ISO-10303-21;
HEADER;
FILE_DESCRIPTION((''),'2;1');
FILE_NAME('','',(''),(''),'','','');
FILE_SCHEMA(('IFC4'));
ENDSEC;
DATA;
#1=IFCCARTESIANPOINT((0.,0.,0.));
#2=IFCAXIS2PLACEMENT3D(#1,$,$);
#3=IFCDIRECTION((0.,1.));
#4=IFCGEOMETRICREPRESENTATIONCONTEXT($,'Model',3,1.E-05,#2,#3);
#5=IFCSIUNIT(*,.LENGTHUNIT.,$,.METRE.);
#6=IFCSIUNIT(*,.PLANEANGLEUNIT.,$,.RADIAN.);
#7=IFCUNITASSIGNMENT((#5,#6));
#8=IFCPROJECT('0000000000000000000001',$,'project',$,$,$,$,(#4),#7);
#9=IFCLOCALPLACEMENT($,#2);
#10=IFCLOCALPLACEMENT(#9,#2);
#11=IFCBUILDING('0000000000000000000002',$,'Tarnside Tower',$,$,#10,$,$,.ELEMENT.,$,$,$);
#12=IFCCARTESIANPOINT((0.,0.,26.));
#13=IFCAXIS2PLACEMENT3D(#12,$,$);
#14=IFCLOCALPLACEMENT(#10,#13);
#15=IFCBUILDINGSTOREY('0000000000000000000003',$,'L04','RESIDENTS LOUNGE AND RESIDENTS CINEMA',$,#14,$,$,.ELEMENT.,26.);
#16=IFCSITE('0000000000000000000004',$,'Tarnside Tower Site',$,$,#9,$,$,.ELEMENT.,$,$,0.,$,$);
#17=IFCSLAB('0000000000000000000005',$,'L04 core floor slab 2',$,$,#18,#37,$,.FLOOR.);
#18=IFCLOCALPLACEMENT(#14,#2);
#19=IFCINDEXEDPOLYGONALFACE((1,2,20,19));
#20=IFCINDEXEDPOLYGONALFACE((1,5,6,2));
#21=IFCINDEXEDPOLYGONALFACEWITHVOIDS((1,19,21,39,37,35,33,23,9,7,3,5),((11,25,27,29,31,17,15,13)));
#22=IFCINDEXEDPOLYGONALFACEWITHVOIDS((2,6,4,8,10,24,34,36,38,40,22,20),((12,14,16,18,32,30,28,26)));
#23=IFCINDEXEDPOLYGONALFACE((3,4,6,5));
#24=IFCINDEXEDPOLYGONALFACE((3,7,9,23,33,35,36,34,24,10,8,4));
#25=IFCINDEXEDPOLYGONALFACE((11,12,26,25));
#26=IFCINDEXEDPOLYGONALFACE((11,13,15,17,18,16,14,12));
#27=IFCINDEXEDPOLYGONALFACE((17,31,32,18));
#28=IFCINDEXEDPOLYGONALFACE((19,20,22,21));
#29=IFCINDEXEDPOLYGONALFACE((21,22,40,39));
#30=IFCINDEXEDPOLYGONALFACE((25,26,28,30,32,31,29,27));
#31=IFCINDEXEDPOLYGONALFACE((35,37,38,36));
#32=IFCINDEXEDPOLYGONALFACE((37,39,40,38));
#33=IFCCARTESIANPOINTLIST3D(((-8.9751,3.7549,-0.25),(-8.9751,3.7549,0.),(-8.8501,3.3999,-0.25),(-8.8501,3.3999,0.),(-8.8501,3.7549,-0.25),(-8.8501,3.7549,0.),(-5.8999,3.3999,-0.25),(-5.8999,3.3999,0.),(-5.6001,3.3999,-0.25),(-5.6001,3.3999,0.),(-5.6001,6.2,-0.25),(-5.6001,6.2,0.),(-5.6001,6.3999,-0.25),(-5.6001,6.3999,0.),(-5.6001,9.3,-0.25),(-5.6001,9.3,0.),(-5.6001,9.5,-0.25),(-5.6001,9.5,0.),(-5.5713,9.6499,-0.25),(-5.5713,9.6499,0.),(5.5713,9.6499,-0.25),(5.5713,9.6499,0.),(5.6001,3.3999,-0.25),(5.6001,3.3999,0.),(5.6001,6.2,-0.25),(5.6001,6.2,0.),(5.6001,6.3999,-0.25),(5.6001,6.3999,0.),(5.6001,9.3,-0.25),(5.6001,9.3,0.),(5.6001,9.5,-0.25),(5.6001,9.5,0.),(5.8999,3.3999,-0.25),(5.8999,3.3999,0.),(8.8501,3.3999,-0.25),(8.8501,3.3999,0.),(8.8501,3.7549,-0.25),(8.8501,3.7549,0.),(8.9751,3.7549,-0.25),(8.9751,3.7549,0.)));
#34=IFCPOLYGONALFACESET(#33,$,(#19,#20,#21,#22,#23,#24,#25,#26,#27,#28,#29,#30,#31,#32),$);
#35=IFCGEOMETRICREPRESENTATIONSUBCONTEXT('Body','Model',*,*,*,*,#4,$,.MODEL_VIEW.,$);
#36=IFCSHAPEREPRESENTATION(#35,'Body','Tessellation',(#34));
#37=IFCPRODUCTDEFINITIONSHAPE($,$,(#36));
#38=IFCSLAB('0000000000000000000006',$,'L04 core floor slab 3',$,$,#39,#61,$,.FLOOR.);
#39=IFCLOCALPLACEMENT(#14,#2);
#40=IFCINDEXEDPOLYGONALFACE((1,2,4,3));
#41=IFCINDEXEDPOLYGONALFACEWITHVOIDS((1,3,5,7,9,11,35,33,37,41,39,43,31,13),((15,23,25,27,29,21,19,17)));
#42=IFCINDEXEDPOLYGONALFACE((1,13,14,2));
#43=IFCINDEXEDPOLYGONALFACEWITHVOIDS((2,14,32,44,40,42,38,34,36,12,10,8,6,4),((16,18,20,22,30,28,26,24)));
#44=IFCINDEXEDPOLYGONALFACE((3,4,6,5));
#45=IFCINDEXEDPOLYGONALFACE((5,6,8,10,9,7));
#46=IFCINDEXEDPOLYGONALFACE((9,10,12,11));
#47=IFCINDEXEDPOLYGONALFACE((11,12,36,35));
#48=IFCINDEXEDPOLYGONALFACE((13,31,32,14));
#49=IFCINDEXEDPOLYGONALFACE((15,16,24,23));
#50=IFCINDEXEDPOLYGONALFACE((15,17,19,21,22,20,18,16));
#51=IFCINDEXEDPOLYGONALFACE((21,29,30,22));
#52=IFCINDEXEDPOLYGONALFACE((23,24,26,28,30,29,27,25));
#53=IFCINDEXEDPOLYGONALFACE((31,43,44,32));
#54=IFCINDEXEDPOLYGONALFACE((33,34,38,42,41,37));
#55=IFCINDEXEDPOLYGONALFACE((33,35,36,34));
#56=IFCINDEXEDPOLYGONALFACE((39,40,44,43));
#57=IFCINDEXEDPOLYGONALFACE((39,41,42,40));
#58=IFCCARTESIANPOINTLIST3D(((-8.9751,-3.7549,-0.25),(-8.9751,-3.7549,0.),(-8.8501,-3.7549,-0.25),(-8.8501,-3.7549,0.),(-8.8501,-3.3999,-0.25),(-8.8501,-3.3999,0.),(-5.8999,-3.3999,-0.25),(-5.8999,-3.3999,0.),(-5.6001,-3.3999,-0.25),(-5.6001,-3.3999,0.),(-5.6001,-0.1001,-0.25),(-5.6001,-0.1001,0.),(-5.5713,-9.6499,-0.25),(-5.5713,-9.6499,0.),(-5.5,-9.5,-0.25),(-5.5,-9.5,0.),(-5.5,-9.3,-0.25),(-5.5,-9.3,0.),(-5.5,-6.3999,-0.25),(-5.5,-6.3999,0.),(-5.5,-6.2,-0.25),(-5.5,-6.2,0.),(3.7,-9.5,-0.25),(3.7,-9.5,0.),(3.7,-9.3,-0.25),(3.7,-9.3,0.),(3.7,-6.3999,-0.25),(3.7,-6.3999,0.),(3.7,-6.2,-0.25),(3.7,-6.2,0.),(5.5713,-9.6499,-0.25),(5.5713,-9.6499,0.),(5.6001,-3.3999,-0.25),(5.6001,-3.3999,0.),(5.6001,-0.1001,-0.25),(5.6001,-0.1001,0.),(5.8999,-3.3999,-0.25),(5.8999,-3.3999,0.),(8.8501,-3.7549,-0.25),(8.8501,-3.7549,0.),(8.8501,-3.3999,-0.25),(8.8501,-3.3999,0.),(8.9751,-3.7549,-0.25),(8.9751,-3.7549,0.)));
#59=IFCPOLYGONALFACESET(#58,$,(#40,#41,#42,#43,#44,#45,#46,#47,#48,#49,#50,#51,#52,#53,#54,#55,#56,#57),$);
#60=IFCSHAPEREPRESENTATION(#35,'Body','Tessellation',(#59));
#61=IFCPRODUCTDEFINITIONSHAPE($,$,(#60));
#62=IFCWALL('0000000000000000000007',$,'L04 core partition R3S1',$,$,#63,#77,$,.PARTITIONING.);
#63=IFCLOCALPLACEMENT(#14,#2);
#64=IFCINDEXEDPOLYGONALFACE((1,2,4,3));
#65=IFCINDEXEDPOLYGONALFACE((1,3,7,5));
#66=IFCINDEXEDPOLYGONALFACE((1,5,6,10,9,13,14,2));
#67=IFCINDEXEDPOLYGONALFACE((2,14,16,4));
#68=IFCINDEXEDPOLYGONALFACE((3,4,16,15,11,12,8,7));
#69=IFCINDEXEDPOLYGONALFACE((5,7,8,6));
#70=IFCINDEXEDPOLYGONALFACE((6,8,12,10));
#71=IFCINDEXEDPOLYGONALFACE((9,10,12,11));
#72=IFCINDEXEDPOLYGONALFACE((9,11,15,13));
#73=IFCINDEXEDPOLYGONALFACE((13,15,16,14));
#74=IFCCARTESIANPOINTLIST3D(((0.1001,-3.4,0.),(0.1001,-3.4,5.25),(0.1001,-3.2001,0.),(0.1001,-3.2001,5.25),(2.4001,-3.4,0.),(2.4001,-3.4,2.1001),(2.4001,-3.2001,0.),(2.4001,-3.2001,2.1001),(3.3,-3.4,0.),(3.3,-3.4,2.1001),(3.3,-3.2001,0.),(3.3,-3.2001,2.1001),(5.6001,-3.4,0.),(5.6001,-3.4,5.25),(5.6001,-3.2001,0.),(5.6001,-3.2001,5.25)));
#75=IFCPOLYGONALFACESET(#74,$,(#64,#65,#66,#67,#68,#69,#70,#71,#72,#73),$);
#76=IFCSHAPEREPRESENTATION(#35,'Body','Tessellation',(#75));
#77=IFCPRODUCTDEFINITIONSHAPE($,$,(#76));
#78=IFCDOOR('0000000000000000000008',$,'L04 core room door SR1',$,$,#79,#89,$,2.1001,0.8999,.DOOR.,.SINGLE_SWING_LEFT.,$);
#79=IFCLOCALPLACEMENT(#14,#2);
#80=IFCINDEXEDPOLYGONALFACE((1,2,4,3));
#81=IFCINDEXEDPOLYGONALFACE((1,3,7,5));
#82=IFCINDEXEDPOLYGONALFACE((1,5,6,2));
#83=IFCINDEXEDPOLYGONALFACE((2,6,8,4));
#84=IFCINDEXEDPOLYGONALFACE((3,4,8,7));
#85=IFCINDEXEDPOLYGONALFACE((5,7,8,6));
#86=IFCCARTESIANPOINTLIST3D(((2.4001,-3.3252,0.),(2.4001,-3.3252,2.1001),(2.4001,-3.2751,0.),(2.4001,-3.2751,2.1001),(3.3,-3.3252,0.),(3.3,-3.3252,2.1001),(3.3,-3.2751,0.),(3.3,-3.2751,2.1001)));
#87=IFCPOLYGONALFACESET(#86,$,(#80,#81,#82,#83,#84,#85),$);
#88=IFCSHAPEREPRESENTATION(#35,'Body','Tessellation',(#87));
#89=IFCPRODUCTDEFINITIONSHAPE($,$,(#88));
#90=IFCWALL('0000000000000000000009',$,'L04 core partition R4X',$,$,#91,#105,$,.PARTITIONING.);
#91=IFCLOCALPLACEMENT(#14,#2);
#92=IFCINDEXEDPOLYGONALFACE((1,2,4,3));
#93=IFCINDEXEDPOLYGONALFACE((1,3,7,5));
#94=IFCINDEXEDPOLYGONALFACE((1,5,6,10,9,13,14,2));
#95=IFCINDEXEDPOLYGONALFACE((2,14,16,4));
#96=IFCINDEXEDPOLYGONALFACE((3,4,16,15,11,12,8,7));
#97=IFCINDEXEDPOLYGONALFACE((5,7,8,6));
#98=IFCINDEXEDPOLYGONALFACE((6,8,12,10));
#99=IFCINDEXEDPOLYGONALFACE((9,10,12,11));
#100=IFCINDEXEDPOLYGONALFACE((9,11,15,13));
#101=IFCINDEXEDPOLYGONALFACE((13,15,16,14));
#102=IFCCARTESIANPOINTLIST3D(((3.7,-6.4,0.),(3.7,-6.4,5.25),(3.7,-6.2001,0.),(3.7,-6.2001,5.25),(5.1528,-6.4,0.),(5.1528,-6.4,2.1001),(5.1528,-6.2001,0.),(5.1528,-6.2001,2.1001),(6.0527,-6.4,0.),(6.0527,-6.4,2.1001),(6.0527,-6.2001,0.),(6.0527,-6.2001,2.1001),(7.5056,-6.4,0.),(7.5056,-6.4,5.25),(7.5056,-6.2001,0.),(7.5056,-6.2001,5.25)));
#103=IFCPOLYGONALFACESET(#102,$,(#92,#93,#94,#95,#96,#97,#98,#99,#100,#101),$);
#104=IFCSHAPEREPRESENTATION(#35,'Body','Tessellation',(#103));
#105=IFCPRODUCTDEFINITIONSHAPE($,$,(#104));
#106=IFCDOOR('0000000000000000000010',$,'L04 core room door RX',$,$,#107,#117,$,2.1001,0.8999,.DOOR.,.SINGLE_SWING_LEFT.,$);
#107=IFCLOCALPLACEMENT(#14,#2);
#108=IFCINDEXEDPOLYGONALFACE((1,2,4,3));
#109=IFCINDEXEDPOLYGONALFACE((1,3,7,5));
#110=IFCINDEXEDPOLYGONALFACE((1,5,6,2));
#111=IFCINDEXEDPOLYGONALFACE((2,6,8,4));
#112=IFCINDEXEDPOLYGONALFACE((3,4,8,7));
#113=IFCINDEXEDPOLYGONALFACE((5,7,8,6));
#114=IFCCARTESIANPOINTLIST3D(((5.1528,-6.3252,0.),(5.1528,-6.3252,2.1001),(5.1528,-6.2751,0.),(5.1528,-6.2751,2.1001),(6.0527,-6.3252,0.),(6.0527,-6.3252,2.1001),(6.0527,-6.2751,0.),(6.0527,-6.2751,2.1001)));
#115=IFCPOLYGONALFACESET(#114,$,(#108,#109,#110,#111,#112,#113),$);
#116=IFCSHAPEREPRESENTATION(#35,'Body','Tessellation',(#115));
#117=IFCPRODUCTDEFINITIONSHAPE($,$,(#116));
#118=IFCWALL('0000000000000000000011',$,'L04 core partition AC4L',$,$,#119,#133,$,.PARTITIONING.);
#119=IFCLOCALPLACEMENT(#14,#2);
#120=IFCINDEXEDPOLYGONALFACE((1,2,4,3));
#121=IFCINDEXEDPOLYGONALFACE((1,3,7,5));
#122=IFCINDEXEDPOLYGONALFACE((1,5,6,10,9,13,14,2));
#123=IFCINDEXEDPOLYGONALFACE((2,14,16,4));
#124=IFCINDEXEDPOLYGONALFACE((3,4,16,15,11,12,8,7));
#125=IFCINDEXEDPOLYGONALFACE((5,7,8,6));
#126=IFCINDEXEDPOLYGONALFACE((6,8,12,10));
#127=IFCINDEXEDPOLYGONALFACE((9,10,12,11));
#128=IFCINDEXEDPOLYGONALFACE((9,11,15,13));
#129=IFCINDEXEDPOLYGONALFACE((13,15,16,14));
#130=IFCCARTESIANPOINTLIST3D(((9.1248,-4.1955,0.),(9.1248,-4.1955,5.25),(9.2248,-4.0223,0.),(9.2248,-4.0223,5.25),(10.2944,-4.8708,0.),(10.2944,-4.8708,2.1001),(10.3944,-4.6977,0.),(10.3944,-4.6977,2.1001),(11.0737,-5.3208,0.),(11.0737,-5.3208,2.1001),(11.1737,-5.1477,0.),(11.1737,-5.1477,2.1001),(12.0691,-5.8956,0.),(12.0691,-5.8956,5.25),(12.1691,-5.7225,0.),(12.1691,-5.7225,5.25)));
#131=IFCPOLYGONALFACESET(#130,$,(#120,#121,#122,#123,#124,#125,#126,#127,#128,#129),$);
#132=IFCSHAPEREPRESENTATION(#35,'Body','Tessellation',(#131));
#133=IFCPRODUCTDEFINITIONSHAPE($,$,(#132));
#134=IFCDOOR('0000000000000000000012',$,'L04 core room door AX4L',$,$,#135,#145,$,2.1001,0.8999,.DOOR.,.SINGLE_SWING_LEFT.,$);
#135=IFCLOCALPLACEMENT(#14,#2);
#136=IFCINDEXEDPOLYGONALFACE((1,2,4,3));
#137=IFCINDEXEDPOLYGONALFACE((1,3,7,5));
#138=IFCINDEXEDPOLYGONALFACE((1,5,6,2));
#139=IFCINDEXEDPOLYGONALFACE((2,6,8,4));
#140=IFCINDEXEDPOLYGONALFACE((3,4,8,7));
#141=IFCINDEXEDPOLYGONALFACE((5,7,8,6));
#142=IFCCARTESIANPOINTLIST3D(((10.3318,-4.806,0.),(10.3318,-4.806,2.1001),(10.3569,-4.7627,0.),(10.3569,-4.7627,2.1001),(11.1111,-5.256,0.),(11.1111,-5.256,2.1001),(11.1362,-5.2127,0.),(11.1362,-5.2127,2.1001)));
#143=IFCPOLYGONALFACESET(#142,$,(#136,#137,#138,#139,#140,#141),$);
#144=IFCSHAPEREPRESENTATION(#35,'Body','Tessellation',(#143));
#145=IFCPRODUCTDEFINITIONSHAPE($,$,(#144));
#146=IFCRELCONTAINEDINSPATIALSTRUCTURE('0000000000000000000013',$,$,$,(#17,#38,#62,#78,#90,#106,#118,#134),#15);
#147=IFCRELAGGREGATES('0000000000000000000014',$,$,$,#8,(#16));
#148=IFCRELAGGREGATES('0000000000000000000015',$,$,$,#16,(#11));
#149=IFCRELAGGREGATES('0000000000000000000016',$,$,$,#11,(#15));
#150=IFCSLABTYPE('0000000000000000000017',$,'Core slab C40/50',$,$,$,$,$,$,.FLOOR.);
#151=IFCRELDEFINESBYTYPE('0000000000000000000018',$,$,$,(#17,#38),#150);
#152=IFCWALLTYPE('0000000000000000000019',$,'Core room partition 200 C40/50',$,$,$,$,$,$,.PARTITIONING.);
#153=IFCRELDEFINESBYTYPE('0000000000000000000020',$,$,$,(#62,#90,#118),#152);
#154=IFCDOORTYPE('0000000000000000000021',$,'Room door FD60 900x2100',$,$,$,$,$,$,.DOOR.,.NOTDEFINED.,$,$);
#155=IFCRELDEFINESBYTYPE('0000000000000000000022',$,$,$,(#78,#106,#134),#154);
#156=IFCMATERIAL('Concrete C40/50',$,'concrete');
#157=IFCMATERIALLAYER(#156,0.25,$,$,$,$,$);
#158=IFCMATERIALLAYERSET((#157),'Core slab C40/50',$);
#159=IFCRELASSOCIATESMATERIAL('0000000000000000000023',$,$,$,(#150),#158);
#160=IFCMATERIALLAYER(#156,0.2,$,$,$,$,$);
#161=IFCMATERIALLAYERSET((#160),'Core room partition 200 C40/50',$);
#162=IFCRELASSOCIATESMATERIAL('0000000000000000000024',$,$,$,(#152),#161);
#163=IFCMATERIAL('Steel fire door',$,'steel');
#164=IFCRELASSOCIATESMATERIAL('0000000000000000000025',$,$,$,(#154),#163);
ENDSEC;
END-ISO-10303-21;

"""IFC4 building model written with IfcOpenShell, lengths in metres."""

from ifc_helpers import new_model, si_unit, direction, frame, frame_2d, origin, place, context, subcontext, project, spatial, polyline, rectangle, outline, extrude, material, layer, layer_set, type_object, element, fill, save


model = new_model("IFC4")

# Units and contexts
model_context = context("Model", 3, precision=1e-05, world=origin(), true_north=direction((0.0, 1.0)))
body_context = subcontext(model_context, "Body", "Model", "MODEL_VIEW")
ifc_project = project(units=[si_unit("LENGTHUNIT", "METRE"), si_unit("PLANEANGLEUNIT", "RADIAN")], contexts=[model_context])

# Site, building, storey
site_placement = place(None, origin())
site = spatial("IfcSite", under=ifc_project, at=site_placement, Name="Tarnside Tower Site", CompositionType="ELEMENT", RefElevation=0.0)
building_placement = place(site_placement, origin())
building = spatial("IfcBuilding", under=site, at=building_placement, Name="Tarnside Tower", CompositionType="ELEMENT")
storey_placement = place(building_placement, frame((0.0, 0.0, 26.0)))
storey = spatial("IfcBuildingStorey", under=building, at=storey_placement, Name="L04", Description="RESIDENTS LOUNGE AND RESIDENTS CINEMA", CompositionType="ELEMENT", Elevation=26.0)

# Slabs
ifc_material_1 = material(Name="Concrete C40/50", Category="concrete")
ifc_layer_1 = layer(ifc_material_1, 0.25)
ifc_layer_set_1 = layer_set([ifc_layer_1], Name="Core slab C40/50")
slab_type = type_object("IfcSlabType", Name="Core slab C40/50", PredefinedType="FLOOR", material=ifc_layer_set_1)
slab_1_placement = place(storey_placement, frame((0.0, 0.0, -0.25)))
element("IfcSlab", 1, at=slab_1_placement, inside=storey, type_object=slab_type, Name="L04 core floor slab 2", PredefinedType="FLOOR", context=body_context, shape_type="SweptSolid", body=[
    extrude(outline(polyline([(-8.9751, 3.7549), (-5.5713, 9.6499), (5.5713, 9.6499), (8.9751, 3.7549), (8.8501, 3.7549), (8.8501, 3.3999), (5.8999, 3.3999), (5.6001, 3.3999), (5.6001, 3.3999), (-5.6001, 3.3999), (-5.8999, 3.3999), (-8.8501, 3.3999), (-8.8501, 3.7549), (-8.9751, 3.7549)]), holes=[polyline([(-5.6001, 6.2), (5.6001, 6.2), (5.6001, 6.3999), (5.6001, 9.3), (5.6001, 9.5), (-5.6001, 9.5), (-5.6001, 9.3), (-5.6001, 6.3999), (-5.6001, 6.2)])]), origin(), (0.0, 0.0, 1.0), 0.25),
])
slab_2_placement = place(storey_placement, frame((0.0, 0.0, -0.25)))
element("IfcSlab", 2, at=slab_2_placement, inside=storey, type_object=slab_type, Name="L04 core floor slab 3", PredefinedType="FLOOR", context=body_context, shape_type="SweptSolid", body=[
    extrude(outline(polyline([(5.6001, -3.3999), (5.8999, -3.3999), (8.8501, -3.3999), (8.8501, -3.7549), (8.9751, -3.7549), (5.5713, -9.6499), (-5.5713, -9.6499), (-8.9751, -3.7549), (-8.8501, -3.7549), (-8.8501, -3.3999), (-5.8999, -3.3999), (-5.6001, -3.3999), (-5.6001, -0.1001), (5.6001, -0.1001), (5.6001, -3.3999)]), holes=[polyline([(-5.5, -9.3), (-5.5, -9.5), (3.7, -9.5), (3.7, -9.3), (3.7, -6.3999), (3.7, -6.2), (-5.5, -6.2), (-5.5, -6.3999), (-5.5, -9.3)])]), origin(), (0.0, 0.0, 1.0), 0.25),
])

# Walls, openings, doors
ifc_layer_2 = layer(ifc_material_1, 0.2)
ifc_layer_set_2 = layer_set([ifc_layer_2], Name="Core room partition 200 C40/50")
wall_type_1 = type_object("IfcWallType", Name="Core room partition 200 C40/50", PredefinedType="PARTITIONING", material=ifc_layer_set_2)
wall_1_placement = place(storey_placement, frame((0.1001, -3.3, 0.0), z_axis=(0.0, 0.0, 1.0), x_axis=(1.0, 0.0, 0.0)))
wall_1 = element("IfcWall", 3, at=wall_1_placement, inside=storey, type_object=wall_type_1, Name="L04 core partition R3S1", PredefinedType="PARTITIONING", context=body_context, shape_type="SweptSolid", body=[
    extrude(rectangle(XDim=5.5, YDim=0.2, at=frame_2d((2.75, 0.0))), origin(), (0.0, 0.0, 1.0), 5.25),
])
opening_1_placement = place(wall_1_placement, frame((2.3, 0.0, 0.0)))
opening_1 = element("IfcOpeningElement", 4, at=opening_1_placement, cuts=wall_1, PredefinedType="OPENING", context=body_context, shape_type="SweptSolid", body=[
    extrude(rectangle(XDim=0.8999, YDim=2.1001, at=frame_2d((0.45, 1.05))), frame((0.0, 0.1099, 0.0), z_axis=(0.0, -1.0, 0.0), x_axis=(1.0, 0.0, 0.0)), (0.0, 0.0, 1.0), 0.22),
])
ifc_material_2 = material(Name="Steel fire door", Category="steel")
door_type_1 = type_object("IfcDoorType", Name="Room door FD60 900x2100", OperationType="NOTDEFINED", PredefinedType="DOOR", material=ifc_material_2)
door_1_placement = place(opening_1_placement, origin())
door_1 = element("IfcDoor", 5, at=door_1_placement, inside=storey, type_object=door_type_1, Name="L04 core room door SR1", OperationType="SINGLE_SWING_LEFT", OverallHeight=2.1001, OverallWidth=0.8999, PredefinedType="DOOR", context=body_context, shape_type="SweptSolid", body=[
    extrude(rectangle(XDim=0.8999, YDim=2.1001, at=frame_2d((0.45, 1.05))), frame((0.0, 0.0249, 0.0), z_axis=(0.0, -1.0, 0.0), x_axis=(1.0, 0.0, 0.0)), (0.0, 0.0, 1.0), 0.05),
])
fill(opening_1, door_1)
wall_2_placement = place(storey_placement, frame((3.7, -6.3, 0.0), z_axis=(0.0, 0.0, 1.0), x_axis=(1.0, 0.0, 0.0)))
wall_2 = element("IfcWall", 6, at=wall_2_placement, inside=storey, type_object=wall_type_1, Name="L04 core partition R4X", PredefinedType="PARTITIONING", context=body_context, shape_type="SweptSolid", body=[
    extrude(rectangle(XDim=3.8057, YDim=0.2, at=frame_2d((1.9028, 0.0))), origin(), (0.0, 0.0, 1.0), 5.25),
])
opening_2_placement = place(wall_2_placement, frame((1.4529, 0.0, 0.0)))
opening_2 = element("IfcOpeningElement", 7, at=opening_2_placement, cuts=wall_2, PredefinedType="OPENING", context=body_context, shape_type="SweptSolid", body=[
    extrude(rectangle(XDim=0.8999, YDim=2.1001, at=frame_2d((0.45, 1.05))), frame((0.0, 0.1099, 0.0), z_axis=(0.0, -1.0, 0.0), x_axis=(1.0, 0.0, 0.0)), (0.0, 0.0, 1.0), 0.22),
])
door_2_placement = place(opening_2_placement, origin())
door_2 = element("IfcDoor", 8, at=door_2_placement, inside=storey, type_object=door_type_1, Name="L04 core room door RX", OperationType="SINGLE_SWING_LEFT", OverallHeight=2.1001, OverallWidth=0.8999, PredefinedType="DOOR", context=body_context, shape_type="SweptSolid", body=[
    extrude(rectangle(XDim=0.8999, YDim=2.1001, at=frame_2d((0.45, 1.05))), frame((0.0, 0.0249, 0.0), z_axis=(0.0, -1.0, 0.0), x_axis=(1.0, 0.0, 0.0)), (0.0, 0.0, 1.0), 0.05),
])
fill(opening_2, door_2)
wall_3_placement = place(storey_placement, frame((9.1748, -4.1089, 0.0), z_axis=(0.0, 0.0, 1.0), x_axis=(0.865989, -0.500062, 0.0)))
wall_3 = element("IfcWall", 9, at=wall_3_placement, inside=storey, type_object=wall_type_1, Name="L04 core partition AC4L", PredefinedType="PARTITIONING", context=body_context, shape_type="SweptSolid", body=[
    extrude(rectangle(XDim=3.3999, YDim=0.2, at=frame_2d((1.7, 0.0))), origin(), (0.0, 0.0, 1.0), 5.25),
])
opening_3_placement = place(wall_3_placement, frame((1.3506, 0.0, 0.0)))
opening_3 = element("IfcOpeningElement", 10, at=opening_3_placement, cuts=wall_3, PredefinedType="OPENING", context=body_context, shape_type="SweptSolid", body=[
    extrude(rectangle(XDim=0.8999, YDim=2.1001, at=frame_2d((0.45, 1.05))), frame((0.0, 0.1099, 0.0), z_axis=(0.0, -1.0, 0.0), x_axis=(1.0, 0.0, 0.0)), (0.0, 0.0, 1.0), 0.22),
])
door_3_placement = place(opening_3_placement, origin())
door_3 = element("IfcDoor", 11, at=door_3_placement, inside=storey, type_object=door_type_1, Name="L04 core room door AX4L", OperationType="SINGLE_SWING_LEFT", OverallHeight=2.1001, OverallWidth=0.8999, PredefinedType="DOOR", context=body_context, shape_type="SweptSolid", body=[
    extrude(rectangle(XDim=0.8999, YDim=2.1001, at=frame_2d((0.45, 1.05))), frame((0.0, 0.0249, 0.0), z_axis=(0.0, -1.0, 0.0), x_axis=(1.0, 0.0, 0.0)), (0.0, 0.0, 1.0), 0.05),
])
fill(opening_3, door_3)

save(model, "model.ifc")
